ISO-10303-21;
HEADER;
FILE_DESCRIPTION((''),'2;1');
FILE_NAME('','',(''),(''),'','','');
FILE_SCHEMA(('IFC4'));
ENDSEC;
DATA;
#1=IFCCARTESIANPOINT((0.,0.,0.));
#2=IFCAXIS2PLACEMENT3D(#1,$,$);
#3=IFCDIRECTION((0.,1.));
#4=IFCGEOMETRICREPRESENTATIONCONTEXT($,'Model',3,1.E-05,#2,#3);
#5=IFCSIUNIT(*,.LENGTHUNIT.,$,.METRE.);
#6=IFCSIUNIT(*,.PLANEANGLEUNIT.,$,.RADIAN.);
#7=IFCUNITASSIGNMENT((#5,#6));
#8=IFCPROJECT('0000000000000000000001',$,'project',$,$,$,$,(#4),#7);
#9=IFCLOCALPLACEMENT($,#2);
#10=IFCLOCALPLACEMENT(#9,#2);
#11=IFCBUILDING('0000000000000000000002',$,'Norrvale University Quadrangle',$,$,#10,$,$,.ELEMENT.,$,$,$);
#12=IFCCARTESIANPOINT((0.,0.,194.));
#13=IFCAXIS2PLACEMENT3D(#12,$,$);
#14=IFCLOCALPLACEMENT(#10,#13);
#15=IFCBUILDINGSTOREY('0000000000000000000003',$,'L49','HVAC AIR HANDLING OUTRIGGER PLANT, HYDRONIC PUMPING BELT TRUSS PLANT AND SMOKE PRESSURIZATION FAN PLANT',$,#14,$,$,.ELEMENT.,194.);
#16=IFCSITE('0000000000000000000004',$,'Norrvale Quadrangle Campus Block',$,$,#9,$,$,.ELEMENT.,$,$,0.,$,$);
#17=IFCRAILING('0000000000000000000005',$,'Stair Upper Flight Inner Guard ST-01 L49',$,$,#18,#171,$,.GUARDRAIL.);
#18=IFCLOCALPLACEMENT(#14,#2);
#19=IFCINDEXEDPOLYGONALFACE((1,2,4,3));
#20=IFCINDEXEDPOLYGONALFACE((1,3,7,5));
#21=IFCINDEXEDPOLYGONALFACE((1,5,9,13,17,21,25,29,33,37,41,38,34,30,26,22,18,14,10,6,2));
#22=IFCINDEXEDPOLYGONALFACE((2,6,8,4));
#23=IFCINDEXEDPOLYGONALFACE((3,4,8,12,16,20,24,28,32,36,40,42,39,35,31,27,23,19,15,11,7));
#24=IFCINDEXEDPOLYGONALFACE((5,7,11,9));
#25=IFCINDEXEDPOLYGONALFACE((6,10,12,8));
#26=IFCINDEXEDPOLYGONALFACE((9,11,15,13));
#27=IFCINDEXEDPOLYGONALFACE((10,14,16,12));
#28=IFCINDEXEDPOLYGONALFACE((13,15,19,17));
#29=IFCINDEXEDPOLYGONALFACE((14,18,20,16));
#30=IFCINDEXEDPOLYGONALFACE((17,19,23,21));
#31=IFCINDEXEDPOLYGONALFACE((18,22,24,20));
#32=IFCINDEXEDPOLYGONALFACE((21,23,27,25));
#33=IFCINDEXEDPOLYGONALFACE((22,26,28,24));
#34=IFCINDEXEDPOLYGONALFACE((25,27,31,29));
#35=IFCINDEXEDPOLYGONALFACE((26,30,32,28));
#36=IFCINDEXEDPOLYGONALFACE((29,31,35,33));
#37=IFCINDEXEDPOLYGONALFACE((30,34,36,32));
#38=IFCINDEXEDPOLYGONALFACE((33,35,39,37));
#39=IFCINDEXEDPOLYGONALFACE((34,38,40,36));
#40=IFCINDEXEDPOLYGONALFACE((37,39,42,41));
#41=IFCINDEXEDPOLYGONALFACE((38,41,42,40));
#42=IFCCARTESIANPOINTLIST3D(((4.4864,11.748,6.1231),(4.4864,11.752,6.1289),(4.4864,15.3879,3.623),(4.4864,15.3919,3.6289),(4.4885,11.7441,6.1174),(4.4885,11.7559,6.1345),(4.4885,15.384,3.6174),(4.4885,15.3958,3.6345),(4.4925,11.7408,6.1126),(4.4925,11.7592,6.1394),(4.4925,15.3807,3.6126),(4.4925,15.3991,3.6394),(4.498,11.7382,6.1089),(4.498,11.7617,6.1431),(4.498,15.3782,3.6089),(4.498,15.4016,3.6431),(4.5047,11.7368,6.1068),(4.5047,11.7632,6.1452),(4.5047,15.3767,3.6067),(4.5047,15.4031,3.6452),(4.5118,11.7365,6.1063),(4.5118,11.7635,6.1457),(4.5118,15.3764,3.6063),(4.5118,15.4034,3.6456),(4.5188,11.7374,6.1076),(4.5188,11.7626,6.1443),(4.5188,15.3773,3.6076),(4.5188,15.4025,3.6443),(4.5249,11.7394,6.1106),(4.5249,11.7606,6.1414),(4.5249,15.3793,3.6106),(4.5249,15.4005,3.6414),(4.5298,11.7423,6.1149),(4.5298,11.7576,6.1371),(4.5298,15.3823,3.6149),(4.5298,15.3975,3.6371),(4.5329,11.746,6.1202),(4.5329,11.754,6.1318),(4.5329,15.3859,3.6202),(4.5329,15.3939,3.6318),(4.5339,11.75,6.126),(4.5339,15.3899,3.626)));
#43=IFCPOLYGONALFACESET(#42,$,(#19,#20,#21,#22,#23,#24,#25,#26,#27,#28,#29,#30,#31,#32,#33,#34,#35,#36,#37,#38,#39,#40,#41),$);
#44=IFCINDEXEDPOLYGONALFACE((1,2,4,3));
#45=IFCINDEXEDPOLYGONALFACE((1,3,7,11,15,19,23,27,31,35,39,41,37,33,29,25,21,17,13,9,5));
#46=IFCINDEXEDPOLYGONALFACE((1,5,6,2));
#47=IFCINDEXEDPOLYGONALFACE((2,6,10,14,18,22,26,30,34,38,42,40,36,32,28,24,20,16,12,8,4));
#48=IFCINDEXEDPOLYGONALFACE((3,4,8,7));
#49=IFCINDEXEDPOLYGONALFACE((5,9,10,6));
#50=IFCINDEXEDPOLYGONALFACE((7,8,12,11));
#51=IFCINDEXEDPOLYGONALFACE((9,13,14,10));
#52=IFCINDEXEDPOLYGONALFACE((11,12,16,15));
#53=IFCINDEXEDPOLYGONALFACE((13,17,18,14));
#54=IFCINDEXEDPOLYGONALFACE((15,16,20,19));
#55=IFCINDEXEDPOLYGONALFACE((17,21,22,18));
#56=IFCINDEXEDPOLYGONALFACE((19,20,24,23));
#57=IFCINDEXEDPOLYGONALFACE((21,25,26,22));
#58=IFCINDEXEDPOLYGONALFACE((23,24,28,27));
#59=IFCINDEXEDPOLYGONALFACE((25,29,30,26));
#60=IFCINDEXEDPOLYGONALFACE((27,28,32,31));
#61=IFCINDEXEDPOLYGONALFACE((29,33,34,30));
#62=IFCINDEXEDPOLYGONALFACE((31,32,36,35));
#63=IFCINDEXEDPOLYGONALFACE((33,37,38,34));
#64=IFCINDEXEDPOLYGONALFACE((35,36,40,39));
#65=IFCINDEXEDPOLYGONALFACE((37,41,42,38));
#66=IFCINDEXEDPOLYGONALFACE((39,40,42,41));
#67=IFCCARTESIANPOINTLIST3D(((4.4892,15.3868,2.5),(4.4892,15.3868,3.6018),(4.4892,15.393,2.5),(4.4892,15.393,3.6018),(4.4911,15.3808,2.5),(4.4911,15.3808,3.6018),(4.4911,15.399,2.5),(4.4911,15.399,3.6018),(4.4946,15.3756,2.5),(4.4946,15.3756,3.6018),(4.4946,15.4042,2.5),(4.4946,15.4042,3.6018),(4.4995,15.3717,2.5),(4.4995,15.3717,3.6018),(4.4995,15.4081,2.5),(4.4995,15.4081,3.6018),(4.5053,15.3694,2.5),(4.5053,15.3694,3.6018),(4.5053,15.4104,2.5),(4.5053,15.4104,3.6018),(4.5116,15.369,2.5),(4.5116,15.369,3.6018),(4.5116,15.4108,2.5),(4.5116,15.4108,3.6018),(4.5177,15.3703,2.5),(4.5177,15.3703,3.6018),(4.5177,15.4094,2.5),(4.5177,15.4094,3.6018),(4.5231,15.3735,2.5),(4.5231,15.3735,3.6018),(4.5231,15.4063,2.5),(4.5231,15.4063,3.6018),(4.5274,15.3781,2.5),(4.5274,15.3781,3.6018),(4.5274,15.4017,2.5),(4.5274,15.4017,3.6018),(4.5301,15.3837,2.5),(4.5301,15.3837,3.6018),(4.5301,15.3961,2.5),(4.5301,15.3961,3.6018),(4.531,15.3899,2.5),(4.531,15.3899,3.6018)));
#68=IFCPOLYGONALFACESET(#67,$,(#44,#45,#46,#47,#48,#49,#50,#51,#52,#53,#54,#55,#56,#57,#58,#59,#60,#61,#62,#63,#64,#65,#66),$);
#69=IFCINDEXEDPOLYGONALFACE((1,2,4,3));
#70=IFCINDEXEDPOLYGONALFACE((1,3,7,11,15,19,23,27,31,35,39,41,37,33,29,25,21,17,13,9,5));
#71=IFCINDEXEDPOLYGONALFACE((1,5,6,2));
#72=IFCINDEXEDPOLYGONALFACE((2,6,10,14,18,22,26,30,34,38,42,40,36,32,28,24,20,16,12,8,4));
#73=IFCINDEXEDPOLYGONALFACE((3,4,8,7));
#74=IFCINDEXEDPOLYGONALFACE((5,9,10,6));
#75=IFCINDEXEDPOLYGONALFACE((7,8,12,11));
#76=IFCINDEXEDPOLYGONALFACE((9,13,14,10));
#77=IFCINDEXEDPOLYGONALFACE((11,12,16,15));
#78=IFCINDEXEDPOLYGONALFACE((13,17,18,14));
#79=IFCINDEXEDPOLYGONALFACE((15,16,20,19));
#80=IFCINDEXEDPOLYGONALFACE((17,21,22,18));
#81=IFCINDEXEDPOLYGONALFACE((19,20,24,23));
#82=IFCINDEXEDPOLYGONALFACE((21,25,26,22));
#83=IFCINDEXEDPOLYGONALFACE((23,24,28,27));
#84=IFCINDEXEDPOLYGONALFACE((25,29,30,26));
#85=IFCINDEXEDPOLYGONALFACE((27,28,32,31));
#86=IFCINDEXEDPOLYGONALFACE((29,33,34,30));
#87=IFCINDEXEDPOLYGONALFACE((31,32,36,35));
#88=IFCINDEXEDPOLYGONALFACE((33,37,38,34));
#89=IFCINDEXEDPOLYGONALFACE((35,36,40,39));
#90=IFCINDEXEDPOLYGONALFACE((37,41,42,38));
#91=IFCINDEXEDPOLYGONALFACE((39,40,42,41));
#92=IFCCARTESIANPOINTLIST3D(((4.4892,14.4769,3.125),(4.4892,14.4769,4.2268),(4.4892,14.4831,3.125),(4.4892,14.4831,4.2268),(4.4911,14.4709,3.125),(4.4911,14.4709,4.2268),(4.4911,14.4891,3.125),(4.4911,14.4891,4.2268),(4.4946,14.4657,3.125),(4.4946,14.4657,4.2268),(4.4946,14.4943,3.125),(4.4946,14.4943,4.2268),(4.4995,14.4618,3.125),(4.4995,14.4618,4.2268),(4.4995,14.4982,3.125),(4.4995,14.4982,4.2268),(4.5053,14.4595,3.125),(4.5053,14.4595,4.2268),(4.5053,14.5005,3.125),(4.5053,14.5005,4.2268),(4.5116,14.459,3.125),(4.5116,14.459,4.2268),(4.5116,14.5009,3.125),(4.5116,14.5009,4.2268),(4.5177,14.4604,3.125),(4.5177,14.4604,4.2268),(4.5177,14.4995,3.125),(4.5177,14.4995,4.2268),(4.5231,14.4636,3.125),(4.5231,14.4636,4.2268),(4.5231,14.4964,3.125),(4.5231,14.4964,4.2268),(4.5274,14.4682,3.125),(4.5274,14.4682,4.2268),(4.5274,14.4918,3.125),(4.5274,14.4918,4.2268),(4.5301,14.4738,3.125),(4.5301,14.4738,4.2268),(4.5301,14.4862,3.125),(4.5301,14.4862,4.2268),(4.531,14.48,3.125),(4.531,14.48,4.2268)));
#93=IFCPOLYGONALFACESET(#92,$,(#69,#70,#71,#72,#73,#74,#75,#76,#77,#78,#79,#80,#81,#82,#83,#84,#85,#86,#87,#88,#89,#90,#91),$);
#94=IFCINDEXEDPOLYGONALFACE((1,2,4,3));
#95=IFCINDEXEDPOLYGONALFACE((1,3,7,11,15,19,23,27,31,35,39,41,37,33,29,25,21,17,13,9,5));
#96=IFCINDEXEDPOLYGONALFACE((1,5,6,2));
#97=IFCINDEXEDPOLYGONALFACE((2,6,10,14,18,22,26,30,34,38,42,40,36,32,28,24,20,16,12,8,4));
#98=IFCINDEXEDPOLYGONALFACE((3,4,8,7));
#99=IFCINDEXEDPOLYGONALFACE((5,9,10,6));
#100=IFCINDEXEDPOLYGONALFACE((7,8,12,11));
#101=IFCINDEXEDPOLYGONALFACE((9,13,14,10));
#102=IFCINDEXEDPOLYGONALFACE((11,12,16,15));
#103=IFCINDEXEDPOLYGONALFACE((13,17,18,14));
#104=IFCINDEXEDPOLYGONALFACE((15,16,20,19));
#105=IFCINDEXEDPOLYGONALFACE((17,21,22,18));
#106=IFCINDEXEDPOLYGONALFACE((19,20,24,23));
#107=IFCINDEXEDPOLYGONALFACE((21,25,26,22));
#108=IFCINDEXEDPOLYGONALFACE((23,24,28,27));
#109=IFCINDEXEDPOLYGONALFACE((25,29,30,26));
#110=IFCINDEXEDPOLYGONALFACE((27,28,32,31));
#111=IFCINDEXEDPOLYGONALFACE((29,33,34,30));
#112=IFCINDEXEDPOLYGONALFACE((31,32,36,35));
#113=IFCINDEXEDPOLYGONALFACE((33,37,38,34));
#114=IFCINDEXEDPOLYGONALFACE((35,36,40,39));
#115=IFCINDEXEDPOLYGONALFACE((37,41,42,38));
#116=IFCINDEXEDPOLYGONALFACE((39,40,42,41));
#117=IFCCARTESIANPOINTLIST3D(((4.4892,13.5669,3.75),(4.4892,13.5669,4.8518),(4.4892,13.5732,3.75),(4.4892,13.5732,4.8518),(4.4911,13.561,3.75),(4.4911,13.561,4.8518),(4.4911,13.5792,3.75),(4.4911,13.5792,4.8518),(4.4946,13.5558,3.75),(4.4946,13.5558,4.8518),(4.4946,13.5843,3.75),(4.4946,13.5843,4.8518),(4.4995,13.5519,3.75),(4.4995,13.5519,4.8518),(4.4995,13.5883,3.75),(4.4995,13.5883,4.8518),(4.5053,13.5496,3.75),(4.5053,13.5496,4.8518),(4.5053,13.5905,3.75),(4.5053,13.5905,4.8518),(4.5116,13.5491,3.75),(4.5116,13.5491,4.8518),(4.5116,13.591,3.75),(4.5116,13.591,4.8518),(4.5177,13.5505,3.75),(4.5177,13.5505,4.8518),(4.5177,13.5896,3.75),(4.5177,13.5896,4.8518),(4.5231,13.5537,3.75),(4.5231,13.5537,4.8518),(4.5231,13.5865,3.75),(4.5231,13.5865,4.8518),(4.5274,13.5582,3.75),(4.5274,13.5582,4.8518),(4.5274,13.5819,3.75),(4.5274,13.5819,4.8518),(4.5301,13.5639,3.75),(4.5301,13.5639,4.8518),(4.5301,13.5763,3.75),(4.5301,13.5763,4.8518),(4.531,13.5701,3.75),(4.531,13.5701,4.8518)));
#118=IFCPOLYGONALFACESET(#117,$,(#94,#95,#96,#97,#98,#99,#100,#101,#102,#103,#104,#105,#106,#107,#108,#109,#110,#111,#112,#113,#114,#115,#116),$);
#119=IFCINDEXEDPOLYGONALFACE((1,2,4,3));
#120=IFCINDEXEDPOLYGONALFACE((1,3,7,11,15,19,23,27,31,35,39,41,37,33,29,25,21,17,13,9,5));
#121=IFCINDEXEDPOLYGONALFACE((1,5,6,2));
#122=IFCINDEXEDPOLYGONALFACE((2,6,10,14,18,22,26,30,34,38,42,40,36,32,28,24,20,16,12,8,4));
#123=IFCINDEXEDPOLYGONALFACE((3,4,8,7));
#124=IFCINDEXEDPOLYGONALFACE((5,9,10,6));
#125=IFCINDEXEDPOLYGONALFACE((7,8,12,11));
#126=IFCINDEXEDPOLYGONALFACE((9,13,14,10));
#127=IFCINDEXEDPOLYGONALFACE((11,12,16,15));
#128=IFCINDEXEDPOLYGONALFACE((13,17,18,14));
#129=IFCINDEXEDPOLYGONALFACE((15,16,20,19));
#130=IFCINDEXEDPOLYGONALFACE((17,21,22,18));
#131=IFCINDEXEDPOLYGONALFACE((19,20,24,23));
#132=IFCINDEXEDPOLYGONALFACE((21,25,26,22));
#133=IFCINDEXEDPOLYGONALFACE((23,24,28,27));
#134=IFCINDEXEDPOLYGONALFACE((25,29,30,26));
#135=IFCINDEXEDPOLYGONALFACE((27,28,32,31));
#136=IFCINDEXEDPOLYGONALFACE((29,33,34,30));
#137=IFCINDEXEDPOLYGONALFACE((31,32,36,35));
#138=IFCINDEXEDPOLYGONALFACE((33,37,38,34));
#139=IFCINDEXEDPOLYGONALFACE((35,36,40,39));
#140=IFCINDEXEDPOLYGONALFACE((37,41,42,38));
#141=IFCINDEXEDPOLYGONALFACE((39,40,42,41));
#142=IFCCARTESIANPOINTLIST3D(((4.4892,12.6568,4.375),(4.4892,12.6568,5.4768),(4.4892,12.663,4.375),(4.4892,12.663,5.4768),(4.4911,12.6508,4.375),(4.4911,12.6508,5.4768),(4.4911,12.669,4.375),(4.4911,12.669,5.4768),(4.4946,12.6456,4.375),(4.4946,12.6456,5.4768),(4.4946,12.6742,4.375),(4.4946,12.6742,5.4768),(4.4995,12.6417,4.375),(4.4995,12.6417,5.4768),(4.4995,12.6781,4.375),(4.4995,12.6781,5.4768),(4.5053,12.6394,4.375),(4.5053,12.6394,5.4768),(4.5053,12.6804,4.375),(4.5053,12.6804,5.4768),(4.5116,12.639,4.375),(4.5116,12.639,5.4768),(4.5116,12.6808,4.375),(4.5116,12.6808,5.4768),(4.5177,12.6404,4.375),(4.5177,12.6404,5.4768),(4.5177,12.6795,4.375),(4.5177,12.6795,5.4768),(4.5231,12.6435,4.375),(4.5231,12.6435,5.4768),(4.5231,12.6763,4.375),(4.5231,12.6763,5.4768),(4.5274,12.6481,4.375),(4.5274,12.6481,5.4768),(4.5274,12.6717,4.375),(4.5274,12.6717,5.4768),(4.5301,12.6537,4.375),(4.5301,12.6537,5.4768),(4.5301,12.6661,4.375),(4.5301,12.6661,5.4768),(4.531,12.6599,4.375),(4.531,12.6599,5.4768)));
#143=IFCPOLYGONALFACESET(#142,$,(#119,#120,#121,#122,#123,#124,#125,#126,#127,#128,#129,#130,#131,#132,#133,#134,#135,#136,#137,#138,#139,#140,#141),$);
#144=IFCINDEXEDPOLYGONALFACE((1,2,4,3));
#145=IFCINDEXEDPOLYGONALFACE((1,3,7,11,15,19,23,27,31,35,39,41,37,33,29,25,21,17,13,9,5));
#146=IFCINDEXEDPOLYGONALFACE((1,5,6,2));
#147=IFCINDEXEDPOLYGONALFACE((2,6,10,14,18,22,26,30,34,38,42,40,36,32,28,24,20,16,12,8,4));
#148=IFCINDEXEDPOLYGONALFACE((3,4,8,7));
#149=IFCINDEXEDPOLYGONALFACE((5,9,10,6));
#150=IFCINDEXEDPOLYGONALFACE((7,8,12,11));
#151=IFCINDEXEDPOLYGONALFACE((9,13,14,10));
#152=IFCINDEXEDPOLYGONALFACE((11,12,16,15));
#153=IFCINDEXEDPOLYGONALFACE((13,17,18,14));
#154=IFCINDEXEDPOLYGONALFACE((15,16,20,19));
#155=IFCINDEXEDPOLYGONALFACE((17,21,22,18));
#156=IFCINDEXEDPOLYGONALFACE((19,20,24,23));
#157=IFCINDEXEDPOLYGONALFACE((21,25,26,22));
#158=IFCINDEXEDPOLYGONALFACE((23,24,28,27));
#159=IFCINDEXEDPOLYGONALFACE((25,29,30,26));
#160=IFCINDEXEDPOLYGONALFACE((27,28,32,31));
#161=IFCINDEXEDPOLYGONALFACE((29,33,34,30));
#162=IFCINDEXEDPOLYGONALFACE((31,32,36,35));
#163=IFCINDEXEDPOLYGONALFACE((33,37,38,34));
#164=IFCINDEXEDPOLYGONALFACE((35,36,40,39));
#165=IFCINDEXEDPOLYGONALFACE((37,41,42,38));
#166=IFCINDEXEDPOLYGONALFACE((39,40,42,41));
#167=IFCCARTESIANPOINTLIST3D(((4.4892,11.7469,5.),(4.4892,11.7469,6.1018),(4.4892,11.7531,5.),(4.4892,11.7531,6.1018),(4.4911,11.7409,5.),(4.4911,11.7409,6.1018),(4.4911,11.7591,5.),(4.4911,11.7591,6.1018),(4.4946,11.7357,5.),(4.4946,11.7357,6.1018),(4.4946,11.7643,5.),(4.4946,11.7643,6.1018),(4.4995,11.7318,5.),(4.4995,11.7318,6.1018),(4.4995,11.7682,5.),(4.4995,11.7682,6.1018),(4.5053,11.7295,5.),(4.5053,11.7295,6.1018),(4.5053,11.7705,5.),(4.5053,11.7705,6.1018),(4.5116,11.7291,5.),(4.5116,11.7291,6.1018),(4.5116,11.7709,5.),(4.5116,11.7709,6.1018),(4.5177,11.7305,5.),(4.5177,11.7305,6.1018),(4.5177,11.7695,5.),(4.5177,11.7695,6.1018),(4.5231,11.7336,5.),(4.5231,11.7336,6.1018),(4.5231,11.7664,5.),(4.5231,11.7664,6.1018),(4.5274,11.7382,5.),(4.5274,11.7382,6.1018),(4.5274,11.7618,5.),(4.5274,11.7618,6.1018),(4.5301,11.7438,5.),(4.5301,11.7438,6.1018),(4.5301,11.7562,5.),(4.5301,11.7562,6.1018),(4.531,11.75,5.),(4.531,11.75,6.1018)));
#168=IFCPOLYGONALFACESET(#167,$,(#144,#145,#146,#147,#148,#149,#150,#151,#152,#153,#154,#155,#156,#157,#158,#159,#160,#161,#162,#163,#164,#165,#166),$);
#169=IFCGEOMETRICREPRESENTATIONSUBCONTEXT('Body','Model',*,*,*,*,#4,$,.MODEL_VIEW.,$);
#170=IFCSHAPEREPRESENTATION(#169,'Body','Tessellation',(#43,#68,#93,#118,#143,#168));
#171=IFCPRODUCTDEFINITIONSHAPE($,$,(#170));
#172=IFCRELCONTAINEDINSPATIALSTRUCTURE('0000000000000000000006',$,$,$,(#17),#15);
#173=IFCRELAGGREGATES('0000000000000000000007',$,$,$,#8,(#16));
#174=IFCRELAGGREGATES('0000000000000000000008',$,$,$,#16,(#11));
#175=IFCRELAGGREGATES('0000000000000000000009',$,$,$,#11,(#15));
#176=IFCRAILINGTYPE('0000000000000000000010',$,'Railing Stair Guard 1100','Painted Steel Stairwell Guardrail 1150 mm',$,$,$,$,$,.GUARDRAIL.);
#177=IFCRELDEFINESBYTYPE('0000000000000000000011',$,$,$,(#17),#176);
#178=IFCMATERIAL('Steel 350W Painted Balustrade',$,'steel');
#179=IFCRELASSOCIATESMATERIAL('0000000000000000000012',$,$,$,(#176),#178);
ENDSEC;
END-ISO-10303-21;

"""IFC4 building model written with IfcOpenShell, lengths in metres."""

from ifc_helpers import new_model, si_unit, direction, frame, origin, origin_2d, place, context, subcontext, project, spatial, circle, extrude, material, type_object, element, save


model = new_model("IFC4")

# Units and contexts
model_context = context("Model", 3, precision=1e-05, world=origin(), true_north=direction((0.0, 1.0)))
body_context = subcontext(model_context, "Body", "Model", "MODEL_VIEW")
ifc_project = project(units=[si_unit("LENGTHUNIT", "METRE"), si_unit("PLANEANGLEUNIT", "RADIAN")], contexts=[model_context])

# Site, building, storey
site_placement = place(None, origin())
site = spatial("IfcSite", under=ifc_project, at=site_placement, Name="Norrvale Quadrangle Campus Block", CompositionType="ELEMENT", RefElevation=0.0)
building_placement = place(site_placement, origin())
building = spatial("IfcBuilding", under=site, at=building_placement, Name="Norrvale University Quadrangle", CompositionType="ELEMENT")
storey_placement = place(building_placement, frame((0.0, 0.0, 194.0)))
storey = spatial("IfcBuildingStorey", under=building, at=storey_placement, Name="L49", Description="HVAC AIR HANDLING OUTRIGGER PLANT, HYDRONIC PUMPING BELT TRUSS PLANT AND SMOKE PRESSURIZATION FAN PLANT", CompositionType="ELEMENT", Elevation=194.0)

# Railing
ifc_material_1 = material(Name="Steel 350W Painted Balustrade", Category="steel")
railing_type_1 = type_object("IfcRailingType", Name="Railing Stair Guard 1100", Description="Painted Steel Stairwell Guardrail 1150 mm", PredefinedType="GUARDRAIL", material=ifc_material_1)
railing_1_placement = place(storey_placement, frame((4.51, 15.3899, 2.5)))
element("IfcRailing", 1, at=railing_1_placement, inside=storey, type_object=railing_type_1, Name="Stair Upper Flight Inner Guard ST-01 L49", PredefinedType="GUARDRAIL", context=body_context, shape_type="SweptSolid", body=[
    extrude(circle(Radius=0.0239, at=origin_2d()), frame((0.0, 0.0, 1.126), z_axis=(0.0, -0.824298, 0.566156), x_axis=(1.0, 0.0, 0.0)), (0.0, 0.0, 1.0), 4.4158),
    extrude(circle(Radius=0.021, at=origin_2d()), origin(), (0.0, 0.0, 1.0), 1.1018),
    extrude(circle(Radius=0.021, at=origin_2d()), frame((0.0, -0.9099, 0.625)), (0.0, 0.0, 1.0), 1.1018),
    extrude(circle(Radius=0.021, at=origin_2d()), frame((0.0, -1.8198, 1.25)), (0.0, 0.0, 1.0), 1.1018),
    extrude(circle(Radius=0.021, at=origin_2d()), frame((0.0, -2.73, 1.875)), (0.0, 0.0, 1.0), 1.1018),
    extrude(circle(Radius=0.021, at=origin_2d()), frame((0.0, -3.6399, 2.5)), (0.0, 0.0, 1.0), 1.1018),
])

save(model, "model.ifc")
